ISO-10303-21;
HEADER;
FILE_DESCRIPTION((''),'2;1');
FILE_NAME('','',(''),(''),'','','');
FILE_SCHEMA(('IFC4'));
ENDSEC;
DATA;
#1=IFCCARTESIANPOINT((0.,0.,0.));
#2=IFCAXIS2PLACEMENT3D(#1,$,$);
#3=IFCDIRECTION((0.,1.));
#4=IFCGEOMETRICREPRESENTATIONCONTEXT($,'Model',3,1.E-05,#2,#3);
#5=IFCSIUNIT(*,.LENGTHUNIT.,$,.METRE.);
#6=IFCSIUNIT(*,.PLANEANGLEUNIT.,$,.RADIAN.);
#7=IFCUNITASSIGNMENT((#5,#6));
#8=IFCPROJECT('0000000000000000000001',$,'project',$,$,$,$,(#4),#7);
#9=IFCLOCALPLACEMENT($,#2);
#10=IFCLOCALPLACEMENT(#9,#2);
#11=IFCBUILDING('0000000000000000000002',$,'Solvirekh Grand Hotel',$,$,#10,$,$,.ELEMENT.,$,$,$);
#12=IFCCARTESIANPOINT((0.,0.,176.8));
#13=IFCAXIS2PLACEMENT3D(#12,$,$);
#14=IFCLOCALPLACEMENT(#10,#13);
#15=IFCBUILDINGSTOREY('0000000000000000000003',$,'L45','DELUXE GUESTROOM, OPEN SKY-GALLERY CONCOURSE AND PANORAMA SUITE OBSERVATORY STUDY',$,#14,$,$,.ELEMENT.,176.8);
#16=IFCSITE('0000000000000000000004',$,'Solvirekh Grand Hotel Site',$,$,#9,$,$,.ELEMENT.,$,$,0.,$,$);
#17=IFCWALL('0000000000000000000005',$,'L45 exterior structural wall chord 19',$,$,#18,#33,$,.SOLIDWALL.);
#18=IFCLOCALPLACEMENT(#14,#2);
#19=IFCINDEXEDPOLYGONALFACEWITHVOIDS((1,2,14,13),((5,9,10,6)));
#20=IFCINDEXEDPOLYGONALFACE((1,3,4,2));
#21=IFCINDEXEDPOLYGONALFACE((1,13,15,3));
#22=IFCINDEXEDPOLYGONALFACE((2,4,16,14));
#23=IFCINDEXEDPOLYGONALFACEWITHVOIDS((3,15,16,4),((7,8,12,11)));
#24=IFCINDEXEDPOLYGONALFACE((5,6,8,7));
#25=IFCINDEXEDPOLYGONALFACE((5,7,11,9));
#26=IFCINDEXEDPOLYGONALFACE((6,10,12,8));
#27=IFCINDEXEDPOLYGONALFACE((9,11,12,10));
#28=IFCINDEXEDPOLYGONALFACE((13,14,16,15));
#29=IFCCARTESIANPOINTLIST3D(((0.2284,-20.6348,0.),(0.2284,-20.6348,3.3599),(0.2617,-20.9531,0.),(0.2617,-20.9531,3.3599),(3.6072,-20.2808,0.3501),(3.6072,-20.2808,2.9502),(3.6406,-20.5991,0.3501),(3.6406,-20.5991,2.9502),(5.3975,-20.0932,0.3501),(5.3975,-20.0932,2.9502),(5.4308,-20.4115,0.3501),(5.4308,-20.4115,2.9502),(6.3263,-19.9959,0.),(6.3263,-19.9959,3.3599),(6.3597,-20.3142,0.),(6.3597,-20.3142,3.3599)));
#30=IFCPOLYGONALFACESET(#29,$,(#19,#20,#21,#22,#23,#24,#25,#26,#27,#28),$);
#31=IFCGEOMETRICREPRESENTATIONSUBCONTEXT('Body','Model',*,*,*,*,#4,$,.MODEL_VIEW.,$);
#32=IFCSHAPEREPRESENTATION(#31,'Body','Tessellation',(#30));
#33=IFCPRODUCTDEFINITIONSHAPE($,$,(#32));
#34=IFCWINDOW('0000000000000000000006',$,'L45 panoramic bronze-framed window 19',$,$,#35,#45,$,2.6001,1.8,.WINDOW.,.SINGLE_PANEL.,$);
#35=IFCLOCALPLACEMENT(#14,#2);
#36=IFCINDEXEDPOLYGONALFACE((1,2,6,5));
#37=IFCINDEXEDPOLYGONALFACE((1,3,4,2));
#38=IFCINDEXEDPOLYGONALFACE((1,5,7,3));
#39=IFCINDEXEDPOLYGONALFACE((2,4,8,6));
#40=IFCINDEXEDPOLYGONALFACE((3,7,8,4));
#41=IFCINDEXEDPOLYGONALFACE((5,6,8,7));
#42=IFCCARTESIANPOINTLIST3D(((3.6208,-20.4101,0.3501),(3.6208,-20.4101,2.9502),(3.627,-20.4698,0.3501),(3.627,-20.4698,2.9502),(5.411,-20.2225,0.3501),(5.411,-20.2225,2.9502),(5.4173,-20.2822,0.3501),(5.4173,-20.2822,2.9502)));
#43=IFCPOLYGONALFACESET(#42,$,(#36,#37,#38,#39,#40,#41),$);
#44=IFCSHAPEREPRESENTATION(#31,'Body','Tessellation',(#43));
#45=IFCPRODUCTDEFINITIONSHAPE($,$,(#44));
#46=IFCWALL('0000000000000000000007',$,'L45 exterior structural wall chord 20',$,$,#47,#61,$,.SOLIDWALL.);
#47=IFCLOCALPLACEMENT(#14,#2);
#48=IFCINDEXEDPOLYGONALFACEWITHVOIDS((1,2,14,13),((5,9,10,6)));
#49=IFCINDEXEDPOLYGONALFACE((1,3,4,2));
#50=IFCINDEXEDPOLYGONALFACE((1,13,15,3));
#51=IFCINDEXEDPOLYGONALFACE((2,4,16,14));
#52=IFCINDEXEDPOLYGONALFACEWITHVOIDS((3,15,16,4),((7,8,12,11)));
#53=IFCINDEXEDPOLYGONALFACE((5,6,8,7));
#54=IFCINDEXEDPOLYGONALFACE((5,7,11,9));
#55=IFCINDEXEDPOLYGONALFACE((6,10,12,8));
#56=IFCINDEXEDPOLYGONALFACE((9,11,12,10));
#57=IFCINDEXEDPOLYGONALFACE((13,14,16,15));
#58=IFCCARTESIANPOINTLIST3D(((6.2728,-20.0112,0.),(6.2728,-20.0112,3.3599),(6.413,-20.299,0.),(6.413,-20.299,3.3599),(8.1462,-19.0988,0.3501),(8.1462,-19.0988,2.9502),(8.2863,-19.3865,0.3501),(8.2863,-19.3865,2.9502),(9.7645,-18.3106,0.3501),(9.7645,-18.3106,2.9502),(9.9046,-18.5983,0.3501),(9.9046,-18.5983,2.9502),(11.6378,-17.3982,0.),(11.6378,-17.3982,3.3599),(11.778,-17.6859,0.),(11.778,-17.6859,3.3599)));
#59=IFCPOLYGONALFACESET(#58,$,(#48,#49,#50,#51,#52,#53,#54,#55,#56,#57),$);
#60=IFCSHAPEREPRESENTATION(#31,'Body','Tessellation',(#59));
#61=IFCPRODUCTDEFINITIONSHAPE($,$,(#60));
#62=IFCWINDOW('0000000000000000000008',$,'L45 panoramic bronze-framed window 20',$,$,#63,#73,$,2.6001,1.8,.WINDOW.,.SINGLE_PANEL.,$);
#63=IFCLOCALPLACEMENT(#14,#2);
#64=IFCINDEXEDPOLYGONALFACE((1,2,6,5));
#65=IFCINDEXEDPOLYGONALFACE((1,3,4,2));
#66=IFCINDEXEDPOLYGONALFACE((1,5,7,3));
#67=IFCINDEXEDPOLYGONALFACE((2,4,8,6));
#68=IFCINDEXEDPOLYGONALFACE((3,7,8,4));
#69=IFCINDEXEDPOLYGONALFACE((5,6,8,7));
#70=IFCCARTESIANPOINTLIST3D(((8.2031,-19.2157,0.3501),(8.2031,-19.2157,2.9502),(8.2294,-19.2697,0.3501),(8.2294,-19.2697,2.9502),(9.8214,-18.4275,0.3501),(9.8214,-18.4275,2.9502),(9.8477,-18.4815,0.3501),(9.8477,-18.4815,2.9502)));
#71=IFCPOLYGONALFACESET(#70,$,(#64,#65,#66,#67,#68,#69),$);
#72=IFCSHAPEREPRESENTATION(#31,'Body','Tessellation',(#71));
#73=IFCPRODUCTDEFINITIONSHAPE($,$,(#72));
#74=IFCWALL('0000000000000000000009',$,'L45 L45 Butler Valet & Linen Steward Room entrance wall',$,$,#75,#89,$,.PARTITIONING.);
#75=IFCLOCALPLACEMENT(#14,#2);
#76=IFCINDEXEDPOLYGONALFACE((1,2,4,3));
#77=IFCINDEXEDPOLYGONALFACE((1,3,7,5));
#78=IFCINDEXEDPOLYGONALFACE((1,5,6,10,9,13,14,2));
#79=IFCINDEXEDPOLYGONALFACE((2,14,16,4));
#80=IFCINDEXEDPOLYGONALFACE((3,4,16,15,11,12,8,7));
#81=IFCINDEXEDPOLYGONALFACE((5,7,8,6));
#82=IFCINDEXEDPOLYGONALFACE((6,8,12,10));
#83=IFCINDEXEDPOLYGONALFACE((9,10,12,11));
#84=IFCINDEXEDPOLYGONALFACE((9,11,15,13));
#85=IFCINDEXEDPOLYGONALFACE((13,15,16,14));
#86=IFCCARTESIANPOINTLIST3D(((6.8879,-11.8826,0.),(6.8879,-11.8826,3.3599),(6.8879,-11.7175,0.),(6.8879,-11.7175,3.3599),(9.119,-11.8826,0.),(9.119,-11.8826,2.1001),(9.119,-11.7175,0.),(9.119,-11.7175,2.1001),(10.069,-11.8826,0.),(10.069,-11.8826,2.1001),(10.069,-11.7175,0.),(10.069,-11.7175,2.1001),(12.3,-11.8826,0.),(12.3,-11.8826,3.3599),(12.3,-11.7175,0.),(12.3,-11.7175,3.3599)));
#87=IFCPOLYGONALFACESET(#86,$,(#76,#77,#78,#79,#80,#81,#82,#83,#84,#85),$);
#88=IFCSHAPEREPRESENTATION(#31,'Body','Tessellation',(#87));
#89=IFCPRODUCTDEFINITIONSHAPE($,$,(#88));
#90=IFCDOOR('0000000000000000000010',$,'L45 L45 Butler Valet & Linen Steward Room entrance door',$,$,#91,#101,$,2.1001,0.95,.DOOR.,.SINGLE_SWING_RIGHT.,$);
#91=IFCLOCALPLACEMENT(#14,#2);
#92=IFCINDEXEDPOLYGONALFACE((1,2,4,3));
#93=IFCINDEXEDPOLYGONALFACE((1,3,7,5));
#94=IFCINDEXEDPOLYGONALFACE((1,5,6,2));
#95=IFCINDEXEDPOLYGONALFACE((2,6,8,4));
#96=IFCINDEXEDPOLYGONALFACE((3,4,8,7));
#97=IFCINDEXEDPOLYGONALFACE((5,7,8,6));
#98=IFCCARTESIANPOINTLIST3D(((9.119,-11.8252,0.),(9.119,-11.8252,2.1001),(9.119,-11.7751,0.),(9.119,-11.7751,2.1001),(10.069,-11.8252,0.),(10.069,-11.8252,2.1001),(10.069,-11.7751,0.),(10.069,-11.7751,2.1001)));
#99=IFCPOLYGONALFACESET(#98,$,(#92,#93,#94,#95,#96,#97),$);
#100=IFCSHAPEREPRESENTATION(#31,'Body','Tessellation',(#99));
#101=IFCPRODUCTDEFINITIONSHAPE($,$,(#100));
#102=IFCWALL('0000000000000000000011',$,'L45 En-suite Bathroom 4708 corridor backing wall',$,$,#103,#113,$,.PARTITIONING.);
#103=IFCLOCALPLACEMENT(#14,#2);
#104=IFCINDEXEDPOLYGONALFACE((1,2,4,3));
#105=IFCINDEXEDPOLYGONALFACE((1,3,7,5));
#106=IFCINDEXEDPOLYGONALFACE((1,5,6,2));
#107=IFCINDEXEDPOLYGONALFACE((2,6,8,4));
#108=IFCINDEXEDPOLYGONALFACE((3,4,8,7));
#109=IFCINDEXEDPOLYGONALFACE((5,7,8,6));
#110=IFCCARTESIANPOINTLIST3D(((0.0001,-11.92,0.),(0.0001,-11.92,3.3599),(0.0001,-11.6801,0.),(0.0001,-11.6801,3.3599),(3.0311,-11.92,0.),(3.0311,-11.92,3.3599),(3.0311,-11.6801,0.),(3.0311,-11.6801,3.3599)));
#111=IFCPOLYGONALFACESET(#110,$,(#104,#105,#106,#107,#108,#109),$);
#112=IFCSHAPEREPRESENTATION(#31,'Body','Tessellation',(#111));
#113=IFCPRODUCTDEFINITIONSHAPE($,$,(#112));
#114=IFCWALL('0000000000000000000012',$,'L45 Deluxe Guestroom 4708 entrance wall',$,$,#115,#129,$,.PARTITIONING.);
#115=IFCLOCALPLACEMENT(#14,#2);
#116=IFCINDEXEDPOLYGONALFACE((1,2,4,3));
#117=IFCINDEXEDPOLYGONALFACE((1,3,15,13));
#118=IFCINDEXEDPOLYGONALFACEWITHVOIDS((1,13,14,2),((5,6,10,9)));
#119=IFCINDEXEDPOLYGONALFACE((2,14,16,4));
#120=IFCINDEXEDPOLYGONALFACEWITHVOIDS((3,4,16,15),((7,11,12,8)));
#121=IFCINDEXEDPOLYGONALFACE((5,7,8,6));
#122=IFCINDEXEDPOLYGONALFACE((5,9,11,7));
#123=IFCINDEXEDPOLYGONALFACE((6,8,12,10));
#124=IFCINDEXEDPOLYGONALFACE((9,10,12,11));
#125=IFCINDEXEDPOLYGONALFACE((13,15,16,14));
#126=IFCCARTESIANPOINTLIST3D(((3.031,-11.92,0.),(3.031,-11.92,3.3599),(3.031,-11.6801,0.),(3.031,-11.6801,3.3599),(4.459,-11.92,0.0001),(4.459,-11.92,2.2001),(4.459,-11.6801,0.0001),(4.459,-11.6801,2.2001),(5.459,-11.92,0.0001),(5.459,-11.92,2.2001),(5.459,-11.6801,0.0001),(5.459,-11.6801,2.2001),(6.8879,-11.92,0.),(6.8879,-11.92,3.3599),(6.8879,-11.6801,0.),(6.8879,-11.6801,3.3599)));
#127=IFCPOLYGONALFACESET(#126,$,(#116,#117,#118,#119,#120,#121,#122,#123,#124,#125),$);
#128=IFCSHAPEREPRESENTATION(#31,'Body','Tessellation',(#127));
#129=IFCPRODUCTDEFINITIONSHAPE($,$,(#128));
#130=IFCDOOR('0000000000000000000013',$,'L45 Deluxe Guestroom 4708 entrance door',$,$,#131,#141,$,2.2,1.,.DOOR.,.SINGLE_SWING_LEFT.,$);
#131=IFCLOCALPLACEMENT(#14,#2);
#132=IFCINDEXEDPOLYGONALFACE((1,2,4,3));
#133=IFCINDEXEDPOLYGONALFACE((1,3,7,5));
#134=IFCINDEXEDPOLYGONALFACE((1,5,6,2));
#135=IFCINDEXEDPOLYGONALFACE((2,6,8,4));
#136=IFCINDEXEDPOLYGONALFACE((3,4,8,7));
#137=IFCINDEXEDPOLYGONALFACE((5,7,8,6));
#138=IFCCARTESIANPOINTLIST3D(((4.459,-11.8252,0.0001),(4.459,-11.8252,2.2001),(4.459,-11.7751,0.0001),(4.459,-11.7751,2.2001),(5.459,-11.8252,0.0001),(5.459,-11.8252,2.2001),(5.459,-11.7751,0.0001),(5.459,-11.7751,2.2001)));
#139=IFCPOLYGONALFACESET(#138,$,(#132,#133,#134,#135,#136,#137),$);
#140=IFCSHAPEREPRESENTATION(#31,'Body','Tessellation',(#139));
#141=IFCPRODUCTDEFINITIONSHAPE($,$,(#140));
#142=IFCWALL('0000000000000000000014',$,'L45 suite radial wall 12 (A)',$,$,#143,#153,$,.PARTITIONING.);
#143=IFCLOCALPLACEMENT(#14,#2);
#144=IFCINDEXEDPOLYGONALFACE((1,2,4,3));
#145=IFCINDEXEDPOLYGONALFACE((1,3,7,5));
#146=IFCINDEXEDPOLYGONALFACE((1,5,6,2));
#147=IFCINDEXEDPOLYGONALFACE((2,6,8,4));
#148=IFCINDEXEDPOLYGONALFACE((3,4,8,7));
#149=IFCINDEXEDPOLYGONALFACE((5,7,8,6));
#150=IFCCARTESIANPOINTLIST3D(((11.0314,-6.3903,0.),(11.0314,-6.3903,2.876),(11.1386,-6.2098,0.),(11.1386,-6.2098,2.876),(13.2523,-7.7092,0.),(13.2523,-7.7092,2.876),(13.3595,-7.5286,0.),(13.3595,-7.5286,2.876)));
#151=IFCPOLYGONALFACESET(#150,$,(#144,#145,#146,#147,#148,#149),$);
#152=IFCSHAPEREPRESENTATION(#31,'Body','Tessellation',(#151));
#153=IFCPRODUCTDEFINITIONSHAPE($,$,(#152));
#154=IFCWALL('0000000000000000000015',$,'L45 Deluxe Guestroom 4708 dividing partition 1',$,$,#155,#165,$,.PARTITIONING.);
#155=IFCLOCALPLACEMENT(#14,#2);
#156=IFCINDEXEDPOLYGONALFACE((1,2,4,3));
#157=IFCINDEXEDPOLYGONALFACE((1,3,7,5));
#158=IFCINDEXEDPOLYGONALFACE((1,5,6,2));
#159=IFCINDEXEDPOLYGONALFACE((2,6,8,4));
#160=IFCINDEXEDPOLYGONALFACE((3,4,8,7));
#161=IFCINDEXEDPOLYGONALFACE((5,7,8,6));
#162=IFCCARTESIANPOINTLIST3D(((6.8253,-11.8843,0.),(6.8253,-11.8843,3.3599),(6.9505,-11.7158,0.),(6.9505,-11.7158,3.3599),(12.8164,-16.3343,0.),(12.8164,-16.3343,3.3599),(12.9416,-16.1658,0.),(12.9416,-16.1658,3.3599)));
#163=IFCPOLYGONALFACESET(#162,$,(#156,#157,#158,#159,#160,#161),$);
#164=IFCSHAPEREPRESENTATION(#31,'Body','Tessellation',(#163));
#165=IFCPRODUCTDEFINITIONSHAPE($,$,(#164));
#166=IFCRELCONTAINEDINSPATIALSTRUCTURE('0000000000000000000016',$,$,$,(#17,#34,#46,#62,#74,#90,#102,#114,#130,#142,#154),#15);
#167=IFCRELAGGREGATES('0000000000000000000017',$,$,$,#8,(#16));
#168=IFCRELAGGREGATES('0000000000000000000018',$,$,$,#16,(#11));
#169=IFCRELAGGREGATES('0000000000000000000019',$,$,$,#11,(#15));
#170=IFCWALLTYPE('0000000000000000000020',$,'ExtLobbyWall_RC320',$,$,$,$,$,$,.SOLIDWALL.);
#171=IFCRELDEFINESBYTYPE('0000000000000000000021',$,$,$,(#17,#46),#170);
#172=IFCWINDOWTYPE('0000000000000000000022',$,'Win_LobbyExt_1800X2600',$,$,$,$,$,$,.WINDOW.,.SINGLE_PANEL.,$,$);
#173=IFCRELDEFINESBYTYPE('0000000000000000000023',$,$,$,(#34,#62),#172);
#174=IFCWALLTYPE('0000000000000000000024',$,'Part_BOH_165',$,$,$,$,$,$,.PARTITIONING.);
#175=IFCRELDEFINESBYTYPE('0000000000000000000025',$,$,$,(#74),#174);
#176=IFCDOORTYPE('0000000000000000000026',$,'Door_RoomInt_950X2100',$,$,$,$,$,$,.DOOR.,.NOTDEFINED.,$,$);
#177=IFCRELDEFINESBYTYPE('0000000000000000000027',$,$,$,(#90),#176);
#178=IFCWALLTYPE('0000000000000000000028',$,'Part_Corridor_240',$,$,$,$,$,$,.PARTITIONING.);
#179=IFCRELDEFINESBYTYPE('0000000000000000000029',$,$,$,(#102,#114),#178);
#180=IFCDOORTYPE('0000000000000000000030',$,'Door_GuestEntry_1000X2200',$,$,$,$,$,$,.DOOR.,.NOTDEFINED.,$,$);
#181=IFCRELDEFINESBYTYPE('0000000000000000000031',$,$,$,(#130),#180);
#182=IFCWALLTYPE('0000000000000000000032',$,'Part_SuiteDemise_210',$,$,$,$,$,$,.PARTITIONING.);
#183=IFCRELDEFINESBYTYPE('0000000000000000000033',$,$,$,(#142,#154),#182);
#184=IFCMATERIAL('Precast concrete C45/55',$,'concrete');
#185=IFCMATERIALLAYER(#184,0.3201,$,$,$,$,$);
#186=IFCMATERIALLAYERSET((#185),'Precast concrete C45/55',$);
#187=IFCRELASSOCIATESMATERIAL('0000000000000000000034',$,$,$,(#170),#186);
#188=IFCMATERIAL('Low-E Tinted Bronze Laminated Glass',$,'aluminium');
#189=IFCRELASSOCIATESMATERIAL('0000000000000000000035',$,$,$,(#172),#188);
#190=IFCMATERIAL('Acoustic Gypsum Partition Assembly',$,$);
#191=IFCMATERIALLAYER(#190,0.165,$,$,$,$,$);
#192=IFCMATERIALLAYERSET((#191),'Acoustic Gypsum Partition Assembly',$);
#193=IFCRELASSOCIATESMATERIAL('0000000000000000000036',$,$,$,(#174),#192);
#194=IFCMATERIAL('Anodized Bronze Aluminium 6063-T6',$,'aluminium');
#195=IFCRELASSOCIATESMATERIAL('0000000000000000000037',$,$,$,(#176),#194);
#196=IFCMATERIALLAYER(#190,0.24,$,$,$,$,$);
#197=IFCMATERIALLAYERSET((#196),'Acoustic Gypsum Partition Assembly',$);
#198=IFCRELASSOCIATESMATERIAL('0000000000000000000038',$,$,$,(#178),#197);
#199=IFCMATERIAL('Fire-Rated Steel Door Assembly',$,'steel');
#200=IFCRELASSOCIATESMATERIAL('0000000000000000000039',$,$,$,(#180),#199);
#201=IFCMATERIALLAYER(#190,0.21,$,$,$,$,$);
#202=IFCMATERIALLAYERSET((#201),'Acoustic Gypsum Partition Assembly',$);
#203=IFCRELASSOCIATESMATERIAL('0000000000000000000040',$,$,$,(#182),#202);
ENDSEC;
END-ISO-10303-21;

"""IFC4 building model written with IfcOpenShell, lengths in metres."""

from ifc_helpers import new_model, si_unit, direction, frame, frame_2d, origin, place, context, subcontext, project, spatial, rectangle, extrude, material, layer, layer_set, type_object, element, fill, save


model = new_model("IFC4")

# Units and contexts
model_context = context("Model", 3, precision=1e-05, world=origin(), true_north=direction((0.0, 1.0)))
body_context = subcontext(model_context, "Body", "Model", "MODEL_VIEW")
ifc_project = project(units=[si_unit("LENGTHUNIT", "METRE"), si_unit("PLANEANGLEUNIT", "RADIAN")], contexts=[model_context])

# Site, building, storey
site_placement = place(None, origin())
site = spatial("IfcSite", under=ifc_project, at=site_placement, Name="Solvirekh Grand Hotel Site", CompositionType="ELEMENT", RefElevation=0.0)
building_placement = place(site_placement, origin())
building = spatial("IfcBuilding", under=site, at=building_placement, Name="Solvirekh Grand Hotel", CompositionType="ELEMENT")
storey_placement = place(building_placement, frame((0.0, 0.0, 176.8)))
storey = spatial("IfcBuildingStorey", under=building, at=storey_placement, Name="L45", Description="DELUXE GUESTROOM, OPEN SKY-GALLERY CONCOURSE AND PANORAMA SUITE OBSERVATORY STUDY", CompositionType="ELEMENT", Elevation=176.8)

# Shared definitions
ifc_material_1 = material(Name="Anodized Bronze Aluminium 6063-T6", Category="aluminium")

# Walls, openings, windows
ifc_material_2 = material(Name="Precast concrete C45/55", Category="concrete")
ifc_layer_1 = layer(ifc_material_2, 0.3201)
ifc_layer_set_1 = layer_set([ifc_layer_1], Name="Precast concrete C45/55")
wall_type_1 = type_object("IfcWallType", Name="ExtLobbyWall_RC320", PredefinedType="SOLIDWALL", material=ifc_layer_set_1)
wall_1_placement = place(storey_placement, frame((6.343, -20.155, 0.0), z_axis=(0.0, 0.0, 1.0), x_axis=(-0.994556, -0.104206, 0.0)))
wall_1 = element("IfcWall", 1, at=wall_1_placement, inside=storey, type_object=wall_type_1, Name="L45 exterior structural wall chord 19", PredefinedType="SOLIDWALL", context=body_context, shape_type="SweptSolid", body=[
    extrude(rectangle(XDim=6.1313, YDim=0.3201, at=frame_2d((3.0657, 0.0))), origin(), (0.0, 0.0, 1.0), 3.3599),
])
opening_1_placement = place(wall_1_placement, frame((0.9341, 0.0, 0.3501)))
opening_1 = element("IfcOpeningElement", 2, at=opening_1_placement, cuts=wall_1, PredefinedType="OPENING", context=body_context, shape_type="SweptSolid", body=[
    extrude(rectangle(XDim=1.8, YDim=2.6001, at=frame_2d((0.8999, 1.3))), frame((0.0, 0.1699, 0.0), z_axis=(0.0, -1.0, 0.0), x_axis=(1.0, 0.0, 0.0)), (0.0, 0.0, 1.0), 0.3401),
])
ifc_material_3 = material(Name="Low-E Tinted Bronze Laminated Glass", Category="aluminium")
window_type = type_object("IfcWindowType", Name="Win_LobbyExt_1800X2600", PartitioningType="SINGLE_PANEL", PredefinedType="WINDOW", material=ifc_material_3)
window_1_placement = place(opening_1_placement, origin())
window_1 = element("IfcWindow", 3, at=window_1_placement, inside=storey, type_object=window_type, Name="L45 panoramic bronze-framed window 19", OverallHeight=2.6001, OverallWidth=1.8, PartitioningType="SINGLE_PANEL", PredefinedType="WINDOW", context=body_context, shape_type="SweptSolid", body=[
    extrude(rectangle(XDim=1.8, YDim=2.6001, at=frame_2d((0.8999, 1.3))), frame((0.0, 0.03, 0.0), z_axis=(0.0, -1.0, 0.0), x_axis=(1.0, 0.0, 0.0)), (0.0, 0.0, 1.0), 0.0601),
])
fill(opening_1, window_1)
wall_2_placement = place(storey_placement, frame((11.708, -17.542, 0.0), z_axis=(0.0, 0.0, 1.0), x_axis=(-0.899034, -0.437878, 0.0)))
wall_2 = element("IfcWall", 4, at=wall_2_placement, inside=storey, type_object=wall_type_1, Name="L45 exterior structural wall chord 20", PredefinedType="SOLIDWALL", context=body_context, shape_type="SweptSolid", body=[
    extrude(rectangle(XDim=5.9675, YDim=0.3201, at=frame_2d((2.9839, 0.0))), origin(), (0.0, 0.0, 1.0), 3.3599),
])
opening_2_placement = place(wall_2_placement, frame((2.084, 0.0, 0.3501)))
opening_2 = element("IfcOpeningElement", 5, at=opening_2_placement, cuts=wall_2, PredefinedType="OPENING", context=body_context, shape_type="SweptSolid", body=[
    extrude(rectangle(XDim=1.8, YDim=2.6001, at=frame_2d((0.8999, 1.3))), frame((0.0, 0.1699, 0.0), z_axis=(0.0, -1.0, 0.0), x_axis=(1.0, 0.0, 0.0)), (0.0, 0.0, 1.0), 0.3401),
])
window_2_placement = place(opening_2_placement, origin())
window_2 = element("IfcWindow", 6, at=window_2_placement, inside=storey, type_object=window_type, Name="L45 panoramic bronze-framed window 20", OverallHeight=2.6001, OverallWidth=1.8, PartitioningType="SINGLE_PANEL", PredefinedType="WINDOW", context=body_context, shape_type="SweptSolid", body=[
    extrude(rectangle(XDim=1.8, YDim=2.6001, at=frame_2d((0.8999, 1.3))), frame((0.0, 0.03, 0.0), z_axis=(0.0, -1.0, 0.0), x_axis=(1.0, 0.0, 0.0)), (0.0, 0.0, 1.0), 0.0601),
])
fill(opening_2, window_2)

# Wall, opening, door
ifc_material_4 = material(Name="Acoustic Gypsum Partition Assembly")
ifc_layer_2 = layer(ifc_material_4, 0.165)
ifc_layer_set_2 = layer_set([ifc_layer_2], Name="Acoustic Gypsum Partition Assembly")
wall_type_2 = type_object("IfcWallType", Name="Part_BOH_165", PredefinedType="PARTITIONING", material=ifc_layer_set_2)
wall_3_placement = place(storey_placement, frame((6.8879, -11.8, 0.0), z_axis=(0.0, 0.0, 1.0), x_axis=(1.0, 0.0, 0.0)))
wall_3 = element("IfcWall", 7, at=wall_3_placement, inside=storey, type_object=wall_type_2, Name="L45 L45 Butler Valet & Linen Steward Room entrance wall", PredefinedType="PARTITIONING", context=body_context, shape_type="SweptSolid", body=[
    extrude(rectangle(XDim=5.4121, YDim=0.165, at=frame_2d((2.7061, 0.0))), origin(), (0.0, 0.0, 1.0), 3.3599),
])
opening_3_placement = place(wall_3_placement, frame((2.231, 0.0, 0.0)))
opening_3 = element("IfcOpeningElement", 8, at=opening_3_placement, cuts=wall_3, PredefinedType="OPENING", context=body_context, shape_type="SweptSolid", body=[
    extrude(rectangle(XDim=0.95, YDim=2.1001, at=frame_2d((0.4751, 1.05))), frame((0.0, 0.0925, 0.0), z_axis=(0.0, -1.0, 0.0), x_axis=(1.0, 0.0, 0.0)), (0.0, 0.0, 1.0), 0.1851),
])
door_type_1 = type_object("IfcDoorType", Name="Door_RoomInt_950X2100", OperationType="NOTDEFINED", PredefinedType="DOOR", material=ifc_material_1)
door_1_placement = place(opening_3_placement, origin())
door_1 = element("IfcDoor", 9, at=door_1_placement, inside=storey, type_object=door_type_1, Name="L45 L45 Butler Valet & Linen Steward Room entrance door", OperationType="SINGLE_SWING_RIGHT", OverallHeight=2.1001, OverallWidth=0.95, PredefinedType="DOOR", context=body_context, shape_type="SweptSolid", body=[
    extrude(rectangle(XDim=0.95, YDim=2.1001, at=frame_2d((0.4751, 1.05))), frame((0.0, 0.0249, 0.0), z_axis=(0.0, -1.0, 0.0), x_axis=(1.0, 0.0, 0.0)), (0.0, 0.0, 1.0), 0.05),
])
fill(opening_3, door_1)

# Wall
ifc_layer_3 = layer(ifc_material_4, 0.24)
ifc_layer_set_3 = layer_set([ifc_layer_3], Name="Acoustic Gypsum Partition Assembly")
wall_type_3 = type_object("IfcWallType", Name="Part_Corridor_240", PredefinedType="PARTITIONING", material=ifc_layer_set_3)
wall_4_placement = place(storey_placement, frame((0.0, -11.8, 0.0), z_axis=(0.0, 0.0, 1.0), x_axis=(1.0, 0.0, 0.0)))
element("IfcWall", 10, at=wall_4_placement, inside=storey, type_object=wall_type_3, Name="L45 En-suite Bathroom 4708 corridor backing wall", PredefinedType="PARTITIONING", context=body_context, shape_type="SweptSolid", body=[
    extrude(rectangle(XDim=3.031, YDim=0.24, at=frame_2d((1.5156, 0.0))), origin(), (0.0, 0.0, 1.0), 3.3599),
])

# Wall, opening, door
wall_5_placement = place(storey_placement, frame((3.031, -11.8, 0.0), z_axis=(0.0, 0.0, 1.0), x_axis=(1.0, 0.0, 0.0)))
wall_5 = element("IfcWall", 11, at=wall_5_placement, inside=storey, type_object=wall_type_3, Name="L45 Deluxe Guestroom 4708 entrance wall", PredefinedType="PARTITIONING", context=body_context, shape_type="SweptSolid", body=[
    extrude(rectangle(XDim=3.8569, YDim=0.24, at=frame_2d((1.9285, 0.0))), origin(), (0.0, 0.0, 1.0), 3.3599),
])
opening_4_placement = place(wall_5_placement, frame((1.428, 0.0, 0.0)))
opening_4 = element("IfcOpeningElement", 12, at=opening_4_placement, cuts=wall_5, PredefinedType="OPENING", context=body_context, shape_type="SweptSolid", body=[
    extrude(rectangle(XDim=1.0, YDim=2.2, at=frame_2d((0.5, 1.1001))), frame((0.0, 0.1299, 0.0), z_axis=(0.0, -1.0, 0.0), x_axis=(1.0, 0.0, 0.0)), (0.0, 0.0, 1.0), 0.26),
])
ifc_material_5 = material(Name="Fire-Rated Steel Door Assembly", Category="steel")
door_type_2 = type_object("IfcDoorType", Name="Door_GuestEntry_1000X2200", OperationType="NOTDEFINED", PredefinedType="DOOR", material=ifc_material_5)
door_2_placement = place(opening_4_placement, origin())
door_2 = element("IfcDoor", 13, at=door_2_placement, inside=storey, type_object=door_type_2, Name="L45 Deluxe Guestroom 4708 entrance door", OperationType="SINGLE_SWING_LEFT", OverallHeight=2.2, OverallWidth=1.0, PredefinedType="DOOR", context=body_context, shape_type="SweptSolid", body=[
    extrude(rectangle(XDim=1.0, YDim=2.2, at=frame_2d((0.5, 1.1001))), frame((0.0, 0.0249, 0.0), z_axis=(0.0, -1.0, 0.0), x_axis=(1.0, 0.0, 0.0)), (0.0, 0.0, 1.0), 0.05),
])
fill(opening_4, door_2)

# Walls
ifc_layer_4 = layer(ifc_material_4, 0.21)
ifc_layer_set_4 = layer_set([ifc_layer_4], Name="Acoustic Gypsum Partition Assembly")
wall_type_4 = type_object("IfcWallType", Name="Part_SuiteDemise_210", PredefinedType="PARTITIONING", material=ifc_layer_set_4)
wall_6_placement = place(storey_placement, frame((11.085, -6.3, 0.0), z_axis=(0.0, 0.0, 1.0), x_axis=(0.859828, -0.510585, 0.0)))
element("IfcWall", 14, at=wall_6_placement, inside=storey, type_object=wall_type_4, Name="L45 suite radial wall 12 (A)", PredefinedType="PARTITIONING", context=body_context, shape_type="SweptSolid", body=[
    extrude(rectangle(XDim=2.583, YDim=0.21, at=frame_2d((1.2915, 0.0))), origin(), (0.0, 0.0, 1.0), 2.876),
])
wall_7_placement = place(storey_placement, frame((6.8879, -11.8, 0.0), z_axis=(0.0, 0.0, 1.0), x_axis=(0.802775, -0.596282, 0.0)))
element("IfcWall", 15, at=wall_7_placement, inside=storey, type_object=wall_type_4, Name="L45 Deluxe Guestroom 4708 dividing partition 1", PredefinedType="PARTITIONING", context=body_context, shape_type="SweptSolid", body=[
    extrude(rectangle(XDim=7.4629, YDim=0.21, at=frame_2d((3.7314, 0.0))), origin(), (0.0, 0.0, 1.0), 3.3599),
])

save(model, "model.ifc")
